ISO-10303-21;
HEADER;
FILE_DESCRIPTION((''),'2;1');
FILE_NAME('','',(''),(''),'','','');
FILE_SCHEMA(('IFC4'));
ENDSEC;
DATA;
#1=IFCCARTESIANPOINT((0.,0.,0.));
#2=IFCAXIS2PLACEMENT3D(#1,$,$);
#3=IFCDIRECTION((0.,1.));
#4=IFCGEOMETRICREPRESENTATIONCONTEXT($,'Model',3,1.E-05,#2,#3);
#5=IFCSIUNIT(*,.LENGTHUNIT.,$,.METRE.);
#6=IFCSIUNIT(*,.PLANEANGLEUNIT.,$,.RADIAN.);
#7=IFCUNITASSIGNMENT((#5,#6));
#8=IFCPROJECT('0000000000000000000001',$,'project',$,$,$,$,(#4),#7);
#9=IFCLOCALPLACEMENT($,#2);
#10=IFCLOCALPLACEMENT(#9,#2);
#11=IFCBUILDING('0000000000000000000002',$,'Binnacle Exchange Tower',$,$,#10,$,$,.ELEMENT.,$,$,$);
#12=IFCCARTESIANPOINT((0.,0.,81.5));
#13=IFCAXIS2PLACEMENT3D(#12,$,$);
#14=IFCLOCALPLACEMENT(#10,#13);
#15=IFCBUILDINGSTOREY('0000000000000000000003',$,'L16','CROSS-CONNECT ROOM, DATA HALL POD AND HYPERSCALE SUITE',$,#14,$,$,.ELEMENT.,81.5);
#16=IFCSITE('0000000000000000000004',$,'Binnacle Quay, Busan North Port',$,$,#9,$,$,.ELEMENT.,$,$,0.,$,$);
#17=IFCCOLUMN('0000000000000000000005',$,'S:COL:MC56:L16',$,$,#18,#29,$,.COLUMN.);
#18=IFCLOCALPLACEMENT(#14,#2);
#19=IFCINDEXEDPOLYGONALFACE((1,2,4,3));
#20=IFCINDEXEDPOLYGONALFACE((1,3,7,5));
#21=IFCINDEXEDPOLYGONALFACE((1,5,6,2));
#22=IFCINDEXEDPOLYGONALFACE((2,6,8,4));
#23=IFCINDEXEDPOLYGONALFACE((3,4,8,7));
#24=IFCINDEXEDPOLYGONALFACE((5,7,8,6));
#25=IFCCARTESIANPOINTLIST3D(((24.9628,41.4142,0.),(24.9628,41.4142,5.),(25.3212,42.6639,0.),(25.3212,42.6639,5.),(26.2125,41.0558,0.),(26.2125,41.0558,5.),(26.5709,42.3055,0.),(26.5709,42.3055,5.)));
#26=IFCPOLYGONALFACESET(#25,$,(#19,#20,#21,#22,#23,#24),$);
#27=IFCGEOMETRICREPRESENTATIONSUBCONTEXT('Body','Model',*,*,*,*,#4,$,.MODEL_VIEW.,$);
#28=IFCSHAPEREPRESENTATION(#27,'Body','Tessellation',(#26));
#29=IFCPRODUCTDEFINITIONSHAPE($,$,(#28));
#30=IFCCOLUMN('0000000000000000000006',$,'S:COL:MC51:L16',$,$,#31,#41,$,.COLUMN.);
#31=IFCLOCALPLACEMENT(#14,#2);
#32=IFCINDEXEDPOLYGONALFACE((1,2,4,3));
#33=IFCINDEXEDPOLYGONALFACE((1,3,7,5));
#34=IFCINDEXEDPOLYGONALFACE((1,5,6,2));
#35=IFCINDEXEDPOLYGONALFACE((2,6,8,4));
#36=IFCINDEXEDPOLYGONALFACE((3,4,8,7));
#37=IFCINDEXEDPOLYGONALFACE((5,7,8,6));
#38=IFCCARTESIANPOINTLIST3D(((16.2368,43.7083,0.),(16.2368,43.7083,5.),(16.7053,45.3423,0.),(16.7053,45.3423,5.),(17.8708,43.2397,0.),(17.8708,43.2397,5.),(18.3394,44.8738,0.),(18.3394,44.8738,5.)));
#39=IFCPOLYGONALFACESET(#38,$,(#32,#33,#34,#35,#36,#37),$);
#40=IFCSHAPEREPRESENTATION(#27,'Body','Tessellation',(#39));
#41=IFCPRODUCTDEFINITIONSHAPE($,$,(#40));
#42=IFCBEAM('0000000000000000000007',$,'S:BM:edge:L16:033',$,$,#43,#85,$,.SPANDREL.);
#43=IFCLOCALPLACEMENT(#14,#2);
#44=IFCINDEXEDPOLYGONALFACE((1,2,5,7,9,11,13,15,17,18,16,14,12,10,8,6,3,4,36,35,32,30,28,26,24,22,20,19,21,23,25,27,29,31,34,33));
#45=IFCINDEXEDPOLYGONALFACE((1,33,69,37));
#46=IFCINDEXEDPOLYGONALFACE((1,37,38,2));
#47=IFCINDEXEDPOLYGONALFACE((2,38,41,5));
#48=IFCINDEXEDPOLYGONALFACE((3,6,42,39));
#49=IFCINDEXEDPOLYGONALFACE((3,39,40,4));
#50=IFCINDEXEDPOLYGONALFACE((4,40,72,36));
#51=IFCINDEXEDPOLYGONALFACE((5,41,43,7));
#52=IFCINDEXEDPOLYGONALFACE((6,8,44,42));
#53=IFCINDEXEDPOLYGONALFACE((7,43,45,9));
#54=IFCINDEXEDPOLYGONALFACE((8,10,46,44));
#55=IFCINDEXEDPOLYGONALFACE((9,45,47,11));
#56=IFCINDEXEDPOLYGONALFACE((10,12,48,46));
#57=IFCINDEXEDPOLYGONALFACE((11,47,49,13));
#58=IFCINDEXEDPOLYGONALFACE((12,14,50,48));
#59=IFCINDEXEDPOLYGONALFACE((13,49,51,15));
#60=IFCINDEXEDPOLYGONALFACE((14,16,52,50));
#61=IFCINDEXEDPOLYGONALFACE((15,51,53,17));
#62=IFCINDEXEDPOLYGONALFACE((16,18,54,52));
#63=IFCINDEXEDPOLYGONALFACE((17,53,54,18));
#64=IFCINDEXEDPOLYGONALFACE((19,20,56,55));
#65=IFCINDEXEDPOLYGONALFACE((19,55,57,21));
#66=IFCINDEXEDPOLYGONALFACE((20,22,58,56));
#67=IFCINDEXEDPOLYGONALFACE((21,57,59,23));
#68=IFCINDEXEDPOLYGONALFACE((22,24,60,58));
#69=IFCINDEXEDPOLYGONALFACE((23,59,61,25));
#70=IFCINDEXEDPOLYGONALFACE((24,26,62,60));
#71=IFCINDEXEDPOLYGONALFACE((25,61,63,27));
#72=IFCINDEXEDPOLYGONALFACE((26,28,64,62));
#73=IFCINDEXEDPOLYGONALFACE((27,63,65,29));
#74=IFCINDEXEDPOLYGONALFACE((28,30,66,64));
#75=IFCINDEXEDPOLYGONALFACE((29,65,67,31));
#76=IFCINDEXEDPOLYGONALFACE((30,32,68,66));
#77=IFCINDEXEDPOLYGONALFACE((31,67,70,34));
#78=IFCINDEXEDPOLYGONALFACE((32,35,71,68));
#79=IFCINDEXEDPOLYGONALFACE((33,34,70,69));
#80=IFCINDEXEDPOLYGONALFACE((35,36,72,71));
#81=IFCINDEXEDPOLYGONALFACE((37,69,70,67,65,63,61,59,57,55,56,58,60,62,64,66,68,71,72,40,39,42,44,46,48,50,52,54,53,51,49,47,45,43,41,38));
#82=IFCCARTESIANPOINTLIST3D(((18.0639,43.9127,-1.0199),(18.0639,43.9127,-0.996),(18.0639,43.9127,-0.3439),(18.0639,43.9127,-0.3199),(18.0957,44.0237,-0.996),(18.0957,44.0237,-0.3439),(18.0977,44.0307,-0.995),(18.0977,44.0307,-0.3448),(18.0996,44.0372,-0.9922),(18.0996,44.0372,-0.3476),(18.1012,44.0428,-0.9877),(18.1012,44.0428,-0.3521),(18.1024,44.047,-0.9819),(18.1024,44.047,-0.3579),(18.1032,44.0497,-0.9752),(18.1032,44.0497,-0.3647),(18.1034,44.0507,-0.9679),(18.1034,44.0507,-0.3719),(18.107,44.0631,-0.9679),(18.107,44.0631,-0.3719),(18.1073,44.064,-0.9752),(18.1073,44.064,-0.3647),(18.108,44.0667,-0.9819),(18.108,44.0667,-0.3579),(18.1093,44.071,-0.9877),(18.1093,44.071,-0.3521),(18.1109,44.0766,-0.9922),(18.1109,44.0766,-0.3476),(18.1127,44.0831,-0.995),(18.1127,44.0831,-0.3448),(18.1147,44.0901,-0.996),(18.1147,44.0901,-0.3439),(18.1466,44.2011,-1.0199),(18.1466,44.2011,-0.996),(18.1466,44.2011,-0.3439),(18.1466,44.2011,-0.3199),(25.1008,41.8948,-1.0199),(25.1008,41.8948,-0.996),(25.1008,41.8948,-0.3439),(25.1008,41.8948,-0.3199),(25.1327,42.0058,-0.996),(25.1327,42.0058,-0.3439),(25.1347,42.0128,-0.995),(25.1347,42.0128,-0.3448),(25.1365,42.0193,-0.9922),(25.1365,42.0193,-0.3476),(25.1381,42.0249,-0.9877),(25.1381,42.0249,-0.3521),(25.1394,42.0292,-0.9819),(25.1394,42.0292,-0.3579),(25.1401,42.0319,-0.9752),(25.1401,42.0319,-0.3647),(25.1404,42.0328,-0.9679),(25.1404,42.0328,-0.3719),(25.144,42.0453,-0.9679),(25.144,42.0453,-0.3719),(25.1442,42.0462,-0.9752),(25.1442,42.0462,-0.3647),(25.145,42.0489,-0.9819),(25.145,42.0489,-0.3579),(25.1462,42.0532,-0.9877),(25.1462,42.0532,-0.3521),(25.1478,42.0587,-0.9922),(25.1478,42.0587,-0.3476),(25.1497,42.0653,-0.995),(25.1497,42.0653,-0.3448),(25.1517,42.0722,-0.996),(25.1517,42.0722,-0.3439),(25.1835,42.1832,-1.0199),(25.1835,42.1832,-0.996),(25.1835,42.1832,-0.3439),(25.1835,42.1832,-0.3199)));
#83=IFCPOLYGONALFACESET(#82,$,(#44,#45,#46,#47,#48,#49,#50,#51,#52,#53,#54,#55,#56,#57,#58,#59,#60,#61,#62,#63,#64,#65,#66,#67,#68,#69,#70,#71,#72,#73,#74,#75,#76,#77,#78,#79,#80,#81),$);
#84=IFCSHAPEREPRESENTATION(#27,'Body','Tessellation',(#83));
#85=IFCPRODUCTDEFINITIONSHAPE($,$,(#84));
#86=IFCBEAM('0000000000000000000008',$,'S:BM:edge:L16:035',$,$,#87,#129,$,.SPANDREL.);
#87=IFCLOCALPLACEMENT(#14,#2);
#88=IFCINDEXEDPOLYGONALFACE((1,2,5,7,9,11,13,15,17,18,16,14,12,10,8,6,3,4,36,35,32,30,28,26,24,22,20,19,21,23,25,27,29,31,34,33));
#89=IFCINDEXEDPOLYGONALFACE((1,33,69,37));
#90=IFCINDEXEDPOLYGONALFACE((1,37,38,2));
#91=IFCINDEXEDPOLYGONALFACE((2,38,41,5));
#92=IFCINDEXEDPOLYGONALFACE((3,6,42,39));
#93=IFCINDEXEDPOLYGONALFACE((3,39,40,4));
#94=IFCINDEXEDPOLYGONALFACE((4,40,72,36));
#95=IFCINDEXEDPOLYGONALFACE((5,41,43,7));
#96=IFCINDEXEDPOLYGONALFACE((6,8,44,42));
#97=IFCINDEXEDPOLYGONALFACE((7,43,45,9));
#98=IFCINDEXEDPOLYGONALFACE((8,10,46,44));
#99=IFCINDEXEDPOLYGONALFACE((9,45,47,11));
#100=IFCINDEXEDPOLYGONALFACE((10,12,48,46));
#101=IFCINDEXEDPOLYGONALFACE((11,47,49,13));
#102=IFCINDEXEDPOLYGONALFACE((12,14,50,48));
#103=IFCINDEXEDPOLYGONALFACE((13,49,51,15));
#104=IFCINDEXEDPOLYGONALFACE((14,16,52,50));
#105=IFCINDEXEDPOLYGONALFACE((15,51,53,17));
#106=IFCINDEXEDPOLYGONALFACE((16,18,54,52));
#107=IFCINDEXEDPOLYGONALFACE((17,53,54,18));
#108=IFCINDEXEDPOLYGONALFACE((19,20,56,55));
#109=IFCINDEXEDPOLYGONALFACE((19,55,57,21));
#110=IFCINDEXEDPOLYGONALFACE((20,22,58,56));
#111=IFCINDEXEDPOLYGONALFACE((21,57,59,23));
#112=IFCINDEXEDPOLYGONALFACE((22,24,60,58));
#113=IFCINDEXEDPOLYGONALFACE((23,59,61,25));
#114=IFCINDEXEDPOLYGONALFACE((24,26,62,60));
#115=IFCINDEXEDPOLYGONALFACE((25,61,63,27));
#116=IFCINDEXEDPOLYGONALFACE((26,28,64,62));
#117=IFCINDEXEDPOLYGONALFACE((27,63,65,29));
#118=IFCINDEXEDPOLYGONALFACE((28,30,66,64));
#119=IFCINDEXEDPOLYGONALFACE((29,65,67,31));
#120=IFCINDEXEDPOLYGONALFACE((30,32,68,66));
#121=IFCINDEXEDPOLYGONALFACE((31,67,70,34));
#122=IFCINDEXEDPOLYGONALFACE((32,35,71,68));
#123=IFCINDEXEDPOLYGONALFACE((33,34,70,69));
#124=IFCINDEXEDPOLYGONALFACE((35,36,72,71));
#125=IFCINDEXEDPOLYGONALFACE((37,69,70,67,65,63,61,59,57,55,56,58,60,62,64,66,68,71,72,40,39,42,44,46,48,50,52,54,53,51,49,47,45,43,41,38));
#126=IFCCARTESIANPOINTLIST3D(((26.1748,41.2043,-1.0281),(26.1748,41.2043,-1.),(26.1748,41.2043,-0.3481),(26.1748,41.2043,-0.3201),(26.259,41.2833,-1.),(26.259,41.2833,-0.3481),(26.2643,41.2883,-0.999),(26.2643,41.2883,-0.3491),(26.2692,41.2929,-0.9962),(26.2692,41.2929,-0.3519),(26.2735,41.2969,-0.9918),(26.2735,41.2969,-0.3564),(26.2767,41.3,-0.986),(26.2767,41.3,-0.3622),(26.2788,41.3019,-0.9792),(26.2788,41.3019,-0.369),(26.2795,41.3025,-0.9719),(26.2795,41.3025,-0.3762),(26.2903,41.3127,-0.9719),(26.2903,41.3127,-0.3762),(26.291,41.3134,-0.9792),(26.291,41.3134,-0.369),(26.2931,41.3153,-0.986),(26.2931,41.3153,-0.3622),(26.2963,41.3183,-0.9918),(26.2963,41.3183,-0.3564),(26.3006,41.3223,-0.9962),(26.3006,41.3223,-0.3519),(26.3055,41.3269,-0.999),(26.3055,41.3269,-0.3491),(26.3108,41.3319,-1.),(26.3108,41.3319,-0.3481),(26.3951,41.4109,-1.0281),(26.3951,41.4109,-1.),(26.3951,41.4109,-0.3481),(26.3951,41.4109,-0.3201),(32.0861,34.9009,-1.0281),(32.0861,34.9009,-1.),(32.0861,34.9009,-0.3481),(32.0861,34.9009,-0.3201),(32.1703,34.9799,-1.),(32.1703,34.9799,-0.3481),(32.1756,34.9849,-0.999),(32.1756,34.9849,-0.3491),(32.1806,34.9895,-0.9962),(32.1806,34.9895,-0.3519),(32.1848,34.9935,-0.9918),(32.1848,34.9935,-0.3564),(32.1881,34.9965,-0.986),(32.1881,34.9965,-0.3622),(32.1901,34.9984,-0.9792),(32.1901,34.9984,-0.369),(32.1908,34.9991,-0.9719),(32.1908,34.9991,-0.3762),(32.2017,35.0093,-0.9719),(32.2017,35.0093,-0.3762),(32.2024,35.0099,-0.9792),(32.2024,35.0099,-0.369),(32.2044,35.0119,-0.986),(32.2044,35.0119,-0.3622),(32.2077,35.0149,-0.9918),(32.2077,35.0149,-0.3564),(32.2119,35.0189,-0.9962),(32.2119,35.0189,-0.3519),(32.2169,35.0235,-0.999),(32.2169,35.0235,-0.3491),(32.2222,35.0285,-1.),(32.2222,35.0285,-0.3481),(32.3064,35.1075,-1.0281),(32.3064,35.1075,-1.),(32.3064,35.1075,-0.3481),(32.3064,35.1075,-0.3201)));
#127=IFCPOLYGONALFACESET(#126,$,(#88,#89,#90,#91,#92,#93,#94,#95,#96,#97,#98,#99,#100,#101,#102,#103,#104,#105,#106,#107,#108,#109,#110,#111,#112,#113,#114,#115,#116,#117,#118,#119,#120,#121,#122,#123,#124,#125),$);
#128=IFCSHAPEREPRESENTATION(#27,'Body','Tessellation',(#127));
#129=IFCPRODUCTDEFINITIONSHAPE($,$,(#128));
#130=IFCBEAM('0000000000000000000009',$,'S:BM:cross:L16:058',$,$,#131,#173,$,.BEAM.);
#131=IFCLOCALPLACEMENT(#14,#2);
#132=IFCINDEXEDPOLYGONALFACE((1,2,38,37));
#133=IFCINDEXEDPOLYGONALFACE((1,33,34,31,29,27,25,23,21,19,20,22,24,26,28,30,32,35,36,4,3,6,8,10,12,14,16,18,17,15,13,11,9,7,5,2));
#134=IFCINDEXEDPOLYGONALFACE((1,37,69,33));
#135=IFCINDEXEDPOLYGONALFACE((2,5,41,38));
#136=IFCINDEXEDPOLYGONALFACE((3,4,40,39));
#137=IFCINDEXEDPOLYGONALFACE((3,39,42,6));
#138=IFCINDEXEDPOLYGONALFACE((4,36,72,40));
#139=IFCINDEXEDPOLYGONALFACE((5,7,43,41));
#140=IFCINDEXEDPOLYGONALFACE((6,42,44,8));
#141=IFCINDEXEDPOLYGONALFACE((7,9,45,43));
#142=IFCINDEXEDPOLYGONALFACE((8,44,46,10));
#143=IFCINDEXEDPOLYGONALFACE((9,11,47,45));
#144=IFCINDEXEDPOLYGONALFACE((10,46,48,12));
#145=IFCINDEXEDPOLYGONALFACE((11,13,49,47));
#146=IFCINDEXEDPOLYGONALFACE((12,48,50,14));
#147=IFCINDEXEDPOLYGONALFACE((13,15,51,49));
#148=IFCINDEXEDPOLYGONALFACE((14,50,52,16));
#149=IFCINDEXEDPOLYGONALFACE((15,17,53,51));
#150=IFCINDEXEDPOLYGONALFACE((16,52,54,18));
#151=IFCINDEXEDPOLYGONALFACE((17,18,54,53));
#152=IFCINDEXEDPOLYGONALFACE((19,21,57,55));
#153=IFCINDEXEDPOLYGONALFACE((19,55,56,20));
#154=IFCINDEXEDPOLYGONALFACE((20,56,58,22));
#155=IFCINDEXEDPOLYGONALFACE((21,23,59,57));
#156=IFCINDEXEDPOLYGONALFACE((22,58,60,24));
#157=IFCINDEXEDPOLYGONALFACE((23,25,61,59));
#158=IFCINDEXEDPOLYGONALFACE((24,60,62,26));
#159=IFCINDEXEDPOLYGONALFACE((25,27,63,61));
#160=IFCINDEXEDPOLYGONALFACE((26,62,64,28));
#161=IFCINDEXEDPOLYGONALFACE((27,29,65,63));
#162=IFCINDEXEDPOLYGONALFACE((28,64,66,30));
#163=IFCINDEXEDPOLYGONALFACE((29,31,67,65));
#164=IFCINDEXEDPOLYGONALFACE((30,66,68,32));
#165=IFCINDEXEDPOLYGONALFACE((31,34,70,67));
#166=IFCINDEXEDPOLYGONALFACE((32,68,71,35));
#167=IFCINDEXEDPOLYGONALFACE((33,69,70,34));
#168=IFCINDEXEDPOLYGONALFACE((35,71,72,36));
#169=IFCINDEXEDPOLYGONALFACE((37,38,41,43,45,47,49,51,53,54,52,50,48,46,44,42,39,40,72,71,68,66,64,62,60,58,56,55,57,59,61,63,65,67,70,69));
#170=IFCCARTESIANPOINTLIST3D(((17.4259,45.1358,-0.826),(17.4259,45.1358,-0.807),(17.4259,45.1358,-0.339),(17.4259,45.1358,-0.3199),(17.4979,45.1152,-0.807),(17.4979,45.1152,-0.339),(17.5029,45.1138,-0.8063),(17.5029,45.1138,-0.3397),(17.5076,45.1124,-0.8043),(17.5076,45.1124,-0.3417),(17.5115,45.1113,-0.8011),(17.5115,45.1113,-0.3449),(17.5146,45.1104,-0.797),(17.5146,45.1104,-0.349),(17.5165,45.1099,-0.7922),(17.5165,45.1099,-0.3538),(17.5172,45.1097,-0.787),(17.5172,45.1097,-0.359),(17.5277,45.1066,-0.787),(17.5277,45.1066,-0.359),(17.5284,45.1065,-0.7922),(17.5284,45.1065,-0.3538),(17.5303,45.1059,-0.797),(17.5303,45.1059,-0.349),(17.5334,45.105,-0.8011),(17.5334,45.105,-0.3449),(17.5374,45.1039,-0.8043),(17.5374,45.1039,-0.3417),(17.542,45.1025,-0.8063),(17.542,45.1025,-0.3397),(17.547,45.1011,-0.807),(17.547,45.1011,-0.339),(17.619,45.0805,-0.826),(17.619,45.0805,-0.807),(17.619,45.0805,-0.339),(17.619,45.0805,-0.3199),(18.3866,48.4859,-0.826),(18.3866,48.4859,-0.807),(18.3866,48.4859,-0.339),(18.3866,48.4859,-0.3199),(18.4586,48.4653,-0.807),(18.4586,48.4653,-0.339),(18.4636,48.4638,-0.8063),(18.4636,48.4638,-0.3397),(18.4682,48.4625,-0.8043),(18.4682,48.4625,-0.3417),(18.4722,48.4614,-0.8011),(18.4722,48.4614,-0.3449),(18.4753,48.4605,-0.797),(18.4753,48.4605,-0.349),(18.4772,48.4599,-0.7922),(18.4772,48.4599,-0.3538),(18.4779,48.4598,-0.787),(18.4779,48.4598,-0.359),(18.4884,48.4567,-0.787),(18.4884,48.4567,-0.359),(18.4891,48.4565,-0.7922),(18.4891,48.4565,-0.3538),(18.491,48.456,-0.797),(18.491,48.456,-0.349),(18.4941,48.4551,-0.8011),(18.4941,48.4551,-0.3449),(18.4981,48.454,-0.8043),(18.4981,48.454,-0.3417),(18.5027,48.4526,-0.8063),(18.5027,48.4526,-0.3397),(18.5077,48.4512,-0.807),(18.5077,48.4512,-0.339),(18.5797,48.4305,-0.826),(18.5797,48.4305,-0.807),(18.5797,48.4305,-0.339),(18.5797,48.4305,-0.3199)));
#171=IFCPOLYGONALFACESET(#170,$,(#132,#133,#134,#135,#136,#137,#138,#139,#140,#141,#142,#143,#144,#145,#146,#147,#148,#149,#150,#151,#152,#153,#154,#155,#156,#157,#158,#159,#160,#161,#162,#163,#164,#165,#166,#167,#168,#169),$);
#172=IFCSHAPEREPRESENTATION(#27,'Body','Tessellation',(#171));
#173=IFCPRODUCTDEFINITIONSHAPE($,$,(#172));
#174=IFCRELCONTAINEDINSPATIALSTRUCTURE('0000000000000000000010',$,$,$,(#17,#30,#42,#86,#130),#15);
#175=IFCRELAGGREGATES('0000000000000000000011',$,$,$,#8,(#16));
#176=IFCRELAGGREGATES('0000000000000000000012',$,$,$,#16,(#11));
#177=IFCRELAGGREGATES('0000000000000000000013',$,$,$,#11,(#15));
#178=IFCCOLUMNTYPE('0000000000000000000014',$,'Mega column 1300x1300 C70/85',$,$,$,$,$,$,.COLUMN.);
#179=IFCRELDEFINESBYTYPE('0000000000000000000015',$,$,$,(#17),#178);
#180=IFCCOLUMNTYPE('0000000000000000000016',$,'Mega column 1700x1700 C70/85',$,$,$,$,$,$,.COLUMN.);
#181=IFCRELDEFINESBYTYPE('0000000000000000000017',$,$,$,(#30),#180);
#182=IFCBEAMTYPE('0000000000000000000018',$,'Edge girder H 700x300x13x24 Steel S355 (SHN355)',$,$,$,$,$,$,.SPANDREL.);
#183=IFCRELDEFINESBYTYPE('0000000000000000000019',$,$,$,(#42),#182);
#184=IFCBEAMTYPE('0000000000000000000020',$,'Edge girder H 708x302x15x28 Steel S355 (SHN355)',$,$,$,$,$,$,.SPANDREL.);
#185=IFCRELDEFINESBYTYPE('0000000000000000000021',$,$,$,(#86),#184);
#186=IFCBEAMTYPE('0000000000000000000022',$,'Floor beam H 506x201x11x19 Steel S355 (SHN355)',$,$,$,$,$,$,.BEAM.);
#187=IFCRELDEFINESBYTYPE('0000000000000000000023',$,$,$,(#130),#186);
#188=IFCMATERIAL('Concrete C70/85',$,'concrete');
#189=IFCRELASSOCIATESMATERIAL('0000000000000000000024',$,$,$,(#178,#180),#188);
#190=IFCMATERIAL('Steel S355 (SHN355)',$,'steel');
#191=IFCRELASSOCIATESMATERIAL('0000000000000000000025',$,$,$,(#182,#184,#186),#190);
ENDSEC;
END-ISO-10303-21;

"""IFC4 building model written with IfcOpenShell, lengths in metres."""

from ifc_helpers import new_model, si_unit, direction, frame, origin, origin_2d, place, context, subcontext, project, spatial, rectangle, i_section, extrude, material, material_profile, profile_set, type_object, element, save


model = new_model("IFC4")

# Units and contexts
model_context = context("Model", 3, precision=1e-05, world=origin(), true_north=direction((0.0, 1.0)))
body_context = subcontext(model_context, "Body", "Model", "MODEL_VIEW")
ifc_project = project(units=[si_unit("LENGTHUNIT", "METRE"), si_unit("PLANEANGLEUNIT", "RADIAN")], contexts=[model_context])

# Site, building, storey
site_placement = place(None, origin())
site = spatial("IfcSite", under=ifc_project, at=site_placement, Name="Binnacle Quay, Busan North Port", CompositionType="ELEMENT", RefElevation=0.0)
building_placement = place(site_placement, origin())
building = spatial("IfcBuilding", under=site, at=building_placement, Name="Binnacle Exchange Tower", CompositionType="ELEMENT")
storey_placement = place(building_placement, frame((0.0, 0.0, 81.5)))
storey = spatial("IfcBuildingStorey", under=building, at=storey_placement, Name="L16", Description="CROSS-CONNECT ROOM, DATA HALL POD AND HYPERSCALE SUITE", CompositionType="ELEMENT", Elevation=81.5)

# Columns
ifc_material_1 = material(Name="Concrete C70/85", Category="concrete")
ifc_material_profile_1 = material_profile(ifc_material_1, rectangle(XDim=1.3, YDim=1.3, at=origin_2d()), Name="Mega column 1300x1300 C70/85")
ifc_profile_set_1 = profile_set([ifc_material_profile_1], Name="Concrete C70/85")
column_type_1 = type_object("IfcColumnType", Name="Mega column 1300x1300 C70/85", PredefinedType="COLUMN", material=ifc_profile_set_1)
column_1_placement = place(storey_placement, frame((25.7668, 41.8599, 0.0), z_axis=(0.0, 0.0, 1.0), x_axis=(0.961262, -0.275637, 0.0)))
element("IfcColumn", 1, at=column_1_placement, inside=storey, type_object=column_type_1, Name="S:COL:MC56:L16", PredefinedType="COLUMN", context=body_context, shape_type="SweptSolid", body=[
    extrude(rectangle(XDim=1.3, YDim=1.3, at=origin_2d()), origin(), (0.0, 0.0, 1.0), 5.0),
])
ifc_material_profile_2 = material_profile(ifc_material_1, rectangle(XDim=1.7, YDim=1.7, at=origin_2d()), Name="Mega column 1700x1700 C70/85")
ifc_profile_set_2 = profile_set([ifc_material_profile_2], Name="Concrete C70/85")
column_type_2 = type_object("IfcColumnType", Name="Mega column 1700x1700 C70/85", PredefinedType="COLUMN", material=ifc_profile_set_2)
column_2_placement = place(storey_placement, frame((17.2881, 44.291, 0.0), z_axis=(0.0, 0.0, 1.0), x_axis=(0.961262, -0.275637, 0.0)))
element("IfcColumn", 2, at=column_2_placement, inside=storey, type_object=column_type_2, Name="S:COL:MC51:L16", PredefinedType="COLUMN", context=body_context, shape_type="SweptSolid", body=[
    extrude(rectangle(XDim=1.7, YDim=1.7, at=origin_2d()), origin(), (0.0, 0.0, 1.0), 5.0),
])

# Beams
ifc_material_2 = material(Name="Steel S355 (SHN355)", Category="steel")
ifc_material_profile_3 = material_profile(ifc_material_2, i_section(OverallWidth=0.3, OverallDepth=0.7, WebThickness=0.0129, FlangeThickness=0.0239, FilletRadius=0.0281, at=origin_2d()), Name="H 700x300x13x24")
ifc_profile_set_3 = profile_set([ifc_material_profile_3], Name="Steel S355 (SHN355)")
beam_type_1 = type_object("IfcBeamType", Name="Edge girder H 700x300x13x24 Steel S355 (SHN355)", PredefinedType="SPANDREL", material=ifc_profile_set_3)
beam_1_placement = place(storey_placement, frame((18.1052, 44.0569, -0.6699), z_axis=(0.96126, -0.275642, 0.0), x_axis=(0.275642, 0.96126, 0.0)))
element("IfcBeam", 3, at=beam_1_placement, inside=storey, type_object=beam_type_1, Name="S:BM:edge:L16:033", PredefinedType="SPANDREL", context=body_context, shape_type="SweptSolid", body=[
    extrude(i_section(OverallWidth=0.3, OverallDepth=0.7, WebThickness=0.0129, FlangeThickness=0.0239, FilletRadius=0.0281, at=origin_2d()), origin(), (0.0, 0.0, 1.0), 7.3206),
])
ifc_material_profile_4 = material_profile(ifc_material_2, i_section(OverallWidth=0.302, OverallDepth=0.708, WebThickness=0.0149, FlangeThickness=0.0281, FilletRadius=0.0281, at=origin_2d()), Name="H 708x302x15x28")
ifc_profile_set_4 = profile_set([ifc_material_profile_4], Name="Steel S355 (SHN355)")
beam_type_2 = type_object("IfcBeamType", Name="Edge girder H 708x302x15x28 Steel S355 (SHN355)", PredefinedType="SPANDREL", material=ifc_profile_set_4)
beam_2_placement = place(storey_placement, frame((26.2849, 41.3076, -0.6741), z_axis=(0.684057, -0.729429, 0.0), x_axis=(0.729429, 0.684057, 0.0)))
element("IfcBeam", 4, at=beam_2_placement, inside=storey, type_object=beam_type_2, Name="S:BM:edge:L16:035", PredefinedType="SPANDREL", context=body_context, shape_type="SweptSolid", body=[
    extrude(i_section(OverallWidth=0.302, OverallDepth=0.708, WebThickness=0.0149, FlangeThickness=0.0281, FilletRadius=0.0281, at=origin_2d()), origin(), (0.0, 0.0, 1.0), 8.6416),
])
ifc_material_profile_5 = material_profile(ifc_material_2, i_section(OverallWidth=0.2009, OverallDepth=0.5061, WebThickness=0.011, FlangeThickness=0.019, FilletRadius=0.02, at=origin_2d()), Name="H 506x201x11x19")
ifc_profile_set_5 = profile_set([ifc_material_profile_5], Name="Steel S355 (SHN355)")
beam_type_3 = type_object("IfcBeamType", Name="Floor beam H 506x201x11x19 Steel S355 (SHN355)", PredefinedType="BEAM", material=ifc_profile_set_5)
beam_3_placement = place(storey_placement, frame((17.5225, 45.1082, -0.573), z_axis=(0.275655, 0.961257, 0.0), x_axis=(-0.961257, 0.275655, 0.0)))
element("IfcBeam", 5, at=beam_3_placement, inside=storey, type_object=beam_type_3, Name="S:BM:cross:L16:058", PredefinedType="BEAM", context=body_context, shape_type="SweptSolid", body=[
    extrude(i_section(OverallWidth=0.2009, OverallDepth=0.5061, WebThickness=0.011, FlangeThickness=0.019, FilletRadius=0.02, at=origin_2d()), origin(), (0.0, 0.0, 1.0), 3.4851),
])

save(model, "model.ifc")
